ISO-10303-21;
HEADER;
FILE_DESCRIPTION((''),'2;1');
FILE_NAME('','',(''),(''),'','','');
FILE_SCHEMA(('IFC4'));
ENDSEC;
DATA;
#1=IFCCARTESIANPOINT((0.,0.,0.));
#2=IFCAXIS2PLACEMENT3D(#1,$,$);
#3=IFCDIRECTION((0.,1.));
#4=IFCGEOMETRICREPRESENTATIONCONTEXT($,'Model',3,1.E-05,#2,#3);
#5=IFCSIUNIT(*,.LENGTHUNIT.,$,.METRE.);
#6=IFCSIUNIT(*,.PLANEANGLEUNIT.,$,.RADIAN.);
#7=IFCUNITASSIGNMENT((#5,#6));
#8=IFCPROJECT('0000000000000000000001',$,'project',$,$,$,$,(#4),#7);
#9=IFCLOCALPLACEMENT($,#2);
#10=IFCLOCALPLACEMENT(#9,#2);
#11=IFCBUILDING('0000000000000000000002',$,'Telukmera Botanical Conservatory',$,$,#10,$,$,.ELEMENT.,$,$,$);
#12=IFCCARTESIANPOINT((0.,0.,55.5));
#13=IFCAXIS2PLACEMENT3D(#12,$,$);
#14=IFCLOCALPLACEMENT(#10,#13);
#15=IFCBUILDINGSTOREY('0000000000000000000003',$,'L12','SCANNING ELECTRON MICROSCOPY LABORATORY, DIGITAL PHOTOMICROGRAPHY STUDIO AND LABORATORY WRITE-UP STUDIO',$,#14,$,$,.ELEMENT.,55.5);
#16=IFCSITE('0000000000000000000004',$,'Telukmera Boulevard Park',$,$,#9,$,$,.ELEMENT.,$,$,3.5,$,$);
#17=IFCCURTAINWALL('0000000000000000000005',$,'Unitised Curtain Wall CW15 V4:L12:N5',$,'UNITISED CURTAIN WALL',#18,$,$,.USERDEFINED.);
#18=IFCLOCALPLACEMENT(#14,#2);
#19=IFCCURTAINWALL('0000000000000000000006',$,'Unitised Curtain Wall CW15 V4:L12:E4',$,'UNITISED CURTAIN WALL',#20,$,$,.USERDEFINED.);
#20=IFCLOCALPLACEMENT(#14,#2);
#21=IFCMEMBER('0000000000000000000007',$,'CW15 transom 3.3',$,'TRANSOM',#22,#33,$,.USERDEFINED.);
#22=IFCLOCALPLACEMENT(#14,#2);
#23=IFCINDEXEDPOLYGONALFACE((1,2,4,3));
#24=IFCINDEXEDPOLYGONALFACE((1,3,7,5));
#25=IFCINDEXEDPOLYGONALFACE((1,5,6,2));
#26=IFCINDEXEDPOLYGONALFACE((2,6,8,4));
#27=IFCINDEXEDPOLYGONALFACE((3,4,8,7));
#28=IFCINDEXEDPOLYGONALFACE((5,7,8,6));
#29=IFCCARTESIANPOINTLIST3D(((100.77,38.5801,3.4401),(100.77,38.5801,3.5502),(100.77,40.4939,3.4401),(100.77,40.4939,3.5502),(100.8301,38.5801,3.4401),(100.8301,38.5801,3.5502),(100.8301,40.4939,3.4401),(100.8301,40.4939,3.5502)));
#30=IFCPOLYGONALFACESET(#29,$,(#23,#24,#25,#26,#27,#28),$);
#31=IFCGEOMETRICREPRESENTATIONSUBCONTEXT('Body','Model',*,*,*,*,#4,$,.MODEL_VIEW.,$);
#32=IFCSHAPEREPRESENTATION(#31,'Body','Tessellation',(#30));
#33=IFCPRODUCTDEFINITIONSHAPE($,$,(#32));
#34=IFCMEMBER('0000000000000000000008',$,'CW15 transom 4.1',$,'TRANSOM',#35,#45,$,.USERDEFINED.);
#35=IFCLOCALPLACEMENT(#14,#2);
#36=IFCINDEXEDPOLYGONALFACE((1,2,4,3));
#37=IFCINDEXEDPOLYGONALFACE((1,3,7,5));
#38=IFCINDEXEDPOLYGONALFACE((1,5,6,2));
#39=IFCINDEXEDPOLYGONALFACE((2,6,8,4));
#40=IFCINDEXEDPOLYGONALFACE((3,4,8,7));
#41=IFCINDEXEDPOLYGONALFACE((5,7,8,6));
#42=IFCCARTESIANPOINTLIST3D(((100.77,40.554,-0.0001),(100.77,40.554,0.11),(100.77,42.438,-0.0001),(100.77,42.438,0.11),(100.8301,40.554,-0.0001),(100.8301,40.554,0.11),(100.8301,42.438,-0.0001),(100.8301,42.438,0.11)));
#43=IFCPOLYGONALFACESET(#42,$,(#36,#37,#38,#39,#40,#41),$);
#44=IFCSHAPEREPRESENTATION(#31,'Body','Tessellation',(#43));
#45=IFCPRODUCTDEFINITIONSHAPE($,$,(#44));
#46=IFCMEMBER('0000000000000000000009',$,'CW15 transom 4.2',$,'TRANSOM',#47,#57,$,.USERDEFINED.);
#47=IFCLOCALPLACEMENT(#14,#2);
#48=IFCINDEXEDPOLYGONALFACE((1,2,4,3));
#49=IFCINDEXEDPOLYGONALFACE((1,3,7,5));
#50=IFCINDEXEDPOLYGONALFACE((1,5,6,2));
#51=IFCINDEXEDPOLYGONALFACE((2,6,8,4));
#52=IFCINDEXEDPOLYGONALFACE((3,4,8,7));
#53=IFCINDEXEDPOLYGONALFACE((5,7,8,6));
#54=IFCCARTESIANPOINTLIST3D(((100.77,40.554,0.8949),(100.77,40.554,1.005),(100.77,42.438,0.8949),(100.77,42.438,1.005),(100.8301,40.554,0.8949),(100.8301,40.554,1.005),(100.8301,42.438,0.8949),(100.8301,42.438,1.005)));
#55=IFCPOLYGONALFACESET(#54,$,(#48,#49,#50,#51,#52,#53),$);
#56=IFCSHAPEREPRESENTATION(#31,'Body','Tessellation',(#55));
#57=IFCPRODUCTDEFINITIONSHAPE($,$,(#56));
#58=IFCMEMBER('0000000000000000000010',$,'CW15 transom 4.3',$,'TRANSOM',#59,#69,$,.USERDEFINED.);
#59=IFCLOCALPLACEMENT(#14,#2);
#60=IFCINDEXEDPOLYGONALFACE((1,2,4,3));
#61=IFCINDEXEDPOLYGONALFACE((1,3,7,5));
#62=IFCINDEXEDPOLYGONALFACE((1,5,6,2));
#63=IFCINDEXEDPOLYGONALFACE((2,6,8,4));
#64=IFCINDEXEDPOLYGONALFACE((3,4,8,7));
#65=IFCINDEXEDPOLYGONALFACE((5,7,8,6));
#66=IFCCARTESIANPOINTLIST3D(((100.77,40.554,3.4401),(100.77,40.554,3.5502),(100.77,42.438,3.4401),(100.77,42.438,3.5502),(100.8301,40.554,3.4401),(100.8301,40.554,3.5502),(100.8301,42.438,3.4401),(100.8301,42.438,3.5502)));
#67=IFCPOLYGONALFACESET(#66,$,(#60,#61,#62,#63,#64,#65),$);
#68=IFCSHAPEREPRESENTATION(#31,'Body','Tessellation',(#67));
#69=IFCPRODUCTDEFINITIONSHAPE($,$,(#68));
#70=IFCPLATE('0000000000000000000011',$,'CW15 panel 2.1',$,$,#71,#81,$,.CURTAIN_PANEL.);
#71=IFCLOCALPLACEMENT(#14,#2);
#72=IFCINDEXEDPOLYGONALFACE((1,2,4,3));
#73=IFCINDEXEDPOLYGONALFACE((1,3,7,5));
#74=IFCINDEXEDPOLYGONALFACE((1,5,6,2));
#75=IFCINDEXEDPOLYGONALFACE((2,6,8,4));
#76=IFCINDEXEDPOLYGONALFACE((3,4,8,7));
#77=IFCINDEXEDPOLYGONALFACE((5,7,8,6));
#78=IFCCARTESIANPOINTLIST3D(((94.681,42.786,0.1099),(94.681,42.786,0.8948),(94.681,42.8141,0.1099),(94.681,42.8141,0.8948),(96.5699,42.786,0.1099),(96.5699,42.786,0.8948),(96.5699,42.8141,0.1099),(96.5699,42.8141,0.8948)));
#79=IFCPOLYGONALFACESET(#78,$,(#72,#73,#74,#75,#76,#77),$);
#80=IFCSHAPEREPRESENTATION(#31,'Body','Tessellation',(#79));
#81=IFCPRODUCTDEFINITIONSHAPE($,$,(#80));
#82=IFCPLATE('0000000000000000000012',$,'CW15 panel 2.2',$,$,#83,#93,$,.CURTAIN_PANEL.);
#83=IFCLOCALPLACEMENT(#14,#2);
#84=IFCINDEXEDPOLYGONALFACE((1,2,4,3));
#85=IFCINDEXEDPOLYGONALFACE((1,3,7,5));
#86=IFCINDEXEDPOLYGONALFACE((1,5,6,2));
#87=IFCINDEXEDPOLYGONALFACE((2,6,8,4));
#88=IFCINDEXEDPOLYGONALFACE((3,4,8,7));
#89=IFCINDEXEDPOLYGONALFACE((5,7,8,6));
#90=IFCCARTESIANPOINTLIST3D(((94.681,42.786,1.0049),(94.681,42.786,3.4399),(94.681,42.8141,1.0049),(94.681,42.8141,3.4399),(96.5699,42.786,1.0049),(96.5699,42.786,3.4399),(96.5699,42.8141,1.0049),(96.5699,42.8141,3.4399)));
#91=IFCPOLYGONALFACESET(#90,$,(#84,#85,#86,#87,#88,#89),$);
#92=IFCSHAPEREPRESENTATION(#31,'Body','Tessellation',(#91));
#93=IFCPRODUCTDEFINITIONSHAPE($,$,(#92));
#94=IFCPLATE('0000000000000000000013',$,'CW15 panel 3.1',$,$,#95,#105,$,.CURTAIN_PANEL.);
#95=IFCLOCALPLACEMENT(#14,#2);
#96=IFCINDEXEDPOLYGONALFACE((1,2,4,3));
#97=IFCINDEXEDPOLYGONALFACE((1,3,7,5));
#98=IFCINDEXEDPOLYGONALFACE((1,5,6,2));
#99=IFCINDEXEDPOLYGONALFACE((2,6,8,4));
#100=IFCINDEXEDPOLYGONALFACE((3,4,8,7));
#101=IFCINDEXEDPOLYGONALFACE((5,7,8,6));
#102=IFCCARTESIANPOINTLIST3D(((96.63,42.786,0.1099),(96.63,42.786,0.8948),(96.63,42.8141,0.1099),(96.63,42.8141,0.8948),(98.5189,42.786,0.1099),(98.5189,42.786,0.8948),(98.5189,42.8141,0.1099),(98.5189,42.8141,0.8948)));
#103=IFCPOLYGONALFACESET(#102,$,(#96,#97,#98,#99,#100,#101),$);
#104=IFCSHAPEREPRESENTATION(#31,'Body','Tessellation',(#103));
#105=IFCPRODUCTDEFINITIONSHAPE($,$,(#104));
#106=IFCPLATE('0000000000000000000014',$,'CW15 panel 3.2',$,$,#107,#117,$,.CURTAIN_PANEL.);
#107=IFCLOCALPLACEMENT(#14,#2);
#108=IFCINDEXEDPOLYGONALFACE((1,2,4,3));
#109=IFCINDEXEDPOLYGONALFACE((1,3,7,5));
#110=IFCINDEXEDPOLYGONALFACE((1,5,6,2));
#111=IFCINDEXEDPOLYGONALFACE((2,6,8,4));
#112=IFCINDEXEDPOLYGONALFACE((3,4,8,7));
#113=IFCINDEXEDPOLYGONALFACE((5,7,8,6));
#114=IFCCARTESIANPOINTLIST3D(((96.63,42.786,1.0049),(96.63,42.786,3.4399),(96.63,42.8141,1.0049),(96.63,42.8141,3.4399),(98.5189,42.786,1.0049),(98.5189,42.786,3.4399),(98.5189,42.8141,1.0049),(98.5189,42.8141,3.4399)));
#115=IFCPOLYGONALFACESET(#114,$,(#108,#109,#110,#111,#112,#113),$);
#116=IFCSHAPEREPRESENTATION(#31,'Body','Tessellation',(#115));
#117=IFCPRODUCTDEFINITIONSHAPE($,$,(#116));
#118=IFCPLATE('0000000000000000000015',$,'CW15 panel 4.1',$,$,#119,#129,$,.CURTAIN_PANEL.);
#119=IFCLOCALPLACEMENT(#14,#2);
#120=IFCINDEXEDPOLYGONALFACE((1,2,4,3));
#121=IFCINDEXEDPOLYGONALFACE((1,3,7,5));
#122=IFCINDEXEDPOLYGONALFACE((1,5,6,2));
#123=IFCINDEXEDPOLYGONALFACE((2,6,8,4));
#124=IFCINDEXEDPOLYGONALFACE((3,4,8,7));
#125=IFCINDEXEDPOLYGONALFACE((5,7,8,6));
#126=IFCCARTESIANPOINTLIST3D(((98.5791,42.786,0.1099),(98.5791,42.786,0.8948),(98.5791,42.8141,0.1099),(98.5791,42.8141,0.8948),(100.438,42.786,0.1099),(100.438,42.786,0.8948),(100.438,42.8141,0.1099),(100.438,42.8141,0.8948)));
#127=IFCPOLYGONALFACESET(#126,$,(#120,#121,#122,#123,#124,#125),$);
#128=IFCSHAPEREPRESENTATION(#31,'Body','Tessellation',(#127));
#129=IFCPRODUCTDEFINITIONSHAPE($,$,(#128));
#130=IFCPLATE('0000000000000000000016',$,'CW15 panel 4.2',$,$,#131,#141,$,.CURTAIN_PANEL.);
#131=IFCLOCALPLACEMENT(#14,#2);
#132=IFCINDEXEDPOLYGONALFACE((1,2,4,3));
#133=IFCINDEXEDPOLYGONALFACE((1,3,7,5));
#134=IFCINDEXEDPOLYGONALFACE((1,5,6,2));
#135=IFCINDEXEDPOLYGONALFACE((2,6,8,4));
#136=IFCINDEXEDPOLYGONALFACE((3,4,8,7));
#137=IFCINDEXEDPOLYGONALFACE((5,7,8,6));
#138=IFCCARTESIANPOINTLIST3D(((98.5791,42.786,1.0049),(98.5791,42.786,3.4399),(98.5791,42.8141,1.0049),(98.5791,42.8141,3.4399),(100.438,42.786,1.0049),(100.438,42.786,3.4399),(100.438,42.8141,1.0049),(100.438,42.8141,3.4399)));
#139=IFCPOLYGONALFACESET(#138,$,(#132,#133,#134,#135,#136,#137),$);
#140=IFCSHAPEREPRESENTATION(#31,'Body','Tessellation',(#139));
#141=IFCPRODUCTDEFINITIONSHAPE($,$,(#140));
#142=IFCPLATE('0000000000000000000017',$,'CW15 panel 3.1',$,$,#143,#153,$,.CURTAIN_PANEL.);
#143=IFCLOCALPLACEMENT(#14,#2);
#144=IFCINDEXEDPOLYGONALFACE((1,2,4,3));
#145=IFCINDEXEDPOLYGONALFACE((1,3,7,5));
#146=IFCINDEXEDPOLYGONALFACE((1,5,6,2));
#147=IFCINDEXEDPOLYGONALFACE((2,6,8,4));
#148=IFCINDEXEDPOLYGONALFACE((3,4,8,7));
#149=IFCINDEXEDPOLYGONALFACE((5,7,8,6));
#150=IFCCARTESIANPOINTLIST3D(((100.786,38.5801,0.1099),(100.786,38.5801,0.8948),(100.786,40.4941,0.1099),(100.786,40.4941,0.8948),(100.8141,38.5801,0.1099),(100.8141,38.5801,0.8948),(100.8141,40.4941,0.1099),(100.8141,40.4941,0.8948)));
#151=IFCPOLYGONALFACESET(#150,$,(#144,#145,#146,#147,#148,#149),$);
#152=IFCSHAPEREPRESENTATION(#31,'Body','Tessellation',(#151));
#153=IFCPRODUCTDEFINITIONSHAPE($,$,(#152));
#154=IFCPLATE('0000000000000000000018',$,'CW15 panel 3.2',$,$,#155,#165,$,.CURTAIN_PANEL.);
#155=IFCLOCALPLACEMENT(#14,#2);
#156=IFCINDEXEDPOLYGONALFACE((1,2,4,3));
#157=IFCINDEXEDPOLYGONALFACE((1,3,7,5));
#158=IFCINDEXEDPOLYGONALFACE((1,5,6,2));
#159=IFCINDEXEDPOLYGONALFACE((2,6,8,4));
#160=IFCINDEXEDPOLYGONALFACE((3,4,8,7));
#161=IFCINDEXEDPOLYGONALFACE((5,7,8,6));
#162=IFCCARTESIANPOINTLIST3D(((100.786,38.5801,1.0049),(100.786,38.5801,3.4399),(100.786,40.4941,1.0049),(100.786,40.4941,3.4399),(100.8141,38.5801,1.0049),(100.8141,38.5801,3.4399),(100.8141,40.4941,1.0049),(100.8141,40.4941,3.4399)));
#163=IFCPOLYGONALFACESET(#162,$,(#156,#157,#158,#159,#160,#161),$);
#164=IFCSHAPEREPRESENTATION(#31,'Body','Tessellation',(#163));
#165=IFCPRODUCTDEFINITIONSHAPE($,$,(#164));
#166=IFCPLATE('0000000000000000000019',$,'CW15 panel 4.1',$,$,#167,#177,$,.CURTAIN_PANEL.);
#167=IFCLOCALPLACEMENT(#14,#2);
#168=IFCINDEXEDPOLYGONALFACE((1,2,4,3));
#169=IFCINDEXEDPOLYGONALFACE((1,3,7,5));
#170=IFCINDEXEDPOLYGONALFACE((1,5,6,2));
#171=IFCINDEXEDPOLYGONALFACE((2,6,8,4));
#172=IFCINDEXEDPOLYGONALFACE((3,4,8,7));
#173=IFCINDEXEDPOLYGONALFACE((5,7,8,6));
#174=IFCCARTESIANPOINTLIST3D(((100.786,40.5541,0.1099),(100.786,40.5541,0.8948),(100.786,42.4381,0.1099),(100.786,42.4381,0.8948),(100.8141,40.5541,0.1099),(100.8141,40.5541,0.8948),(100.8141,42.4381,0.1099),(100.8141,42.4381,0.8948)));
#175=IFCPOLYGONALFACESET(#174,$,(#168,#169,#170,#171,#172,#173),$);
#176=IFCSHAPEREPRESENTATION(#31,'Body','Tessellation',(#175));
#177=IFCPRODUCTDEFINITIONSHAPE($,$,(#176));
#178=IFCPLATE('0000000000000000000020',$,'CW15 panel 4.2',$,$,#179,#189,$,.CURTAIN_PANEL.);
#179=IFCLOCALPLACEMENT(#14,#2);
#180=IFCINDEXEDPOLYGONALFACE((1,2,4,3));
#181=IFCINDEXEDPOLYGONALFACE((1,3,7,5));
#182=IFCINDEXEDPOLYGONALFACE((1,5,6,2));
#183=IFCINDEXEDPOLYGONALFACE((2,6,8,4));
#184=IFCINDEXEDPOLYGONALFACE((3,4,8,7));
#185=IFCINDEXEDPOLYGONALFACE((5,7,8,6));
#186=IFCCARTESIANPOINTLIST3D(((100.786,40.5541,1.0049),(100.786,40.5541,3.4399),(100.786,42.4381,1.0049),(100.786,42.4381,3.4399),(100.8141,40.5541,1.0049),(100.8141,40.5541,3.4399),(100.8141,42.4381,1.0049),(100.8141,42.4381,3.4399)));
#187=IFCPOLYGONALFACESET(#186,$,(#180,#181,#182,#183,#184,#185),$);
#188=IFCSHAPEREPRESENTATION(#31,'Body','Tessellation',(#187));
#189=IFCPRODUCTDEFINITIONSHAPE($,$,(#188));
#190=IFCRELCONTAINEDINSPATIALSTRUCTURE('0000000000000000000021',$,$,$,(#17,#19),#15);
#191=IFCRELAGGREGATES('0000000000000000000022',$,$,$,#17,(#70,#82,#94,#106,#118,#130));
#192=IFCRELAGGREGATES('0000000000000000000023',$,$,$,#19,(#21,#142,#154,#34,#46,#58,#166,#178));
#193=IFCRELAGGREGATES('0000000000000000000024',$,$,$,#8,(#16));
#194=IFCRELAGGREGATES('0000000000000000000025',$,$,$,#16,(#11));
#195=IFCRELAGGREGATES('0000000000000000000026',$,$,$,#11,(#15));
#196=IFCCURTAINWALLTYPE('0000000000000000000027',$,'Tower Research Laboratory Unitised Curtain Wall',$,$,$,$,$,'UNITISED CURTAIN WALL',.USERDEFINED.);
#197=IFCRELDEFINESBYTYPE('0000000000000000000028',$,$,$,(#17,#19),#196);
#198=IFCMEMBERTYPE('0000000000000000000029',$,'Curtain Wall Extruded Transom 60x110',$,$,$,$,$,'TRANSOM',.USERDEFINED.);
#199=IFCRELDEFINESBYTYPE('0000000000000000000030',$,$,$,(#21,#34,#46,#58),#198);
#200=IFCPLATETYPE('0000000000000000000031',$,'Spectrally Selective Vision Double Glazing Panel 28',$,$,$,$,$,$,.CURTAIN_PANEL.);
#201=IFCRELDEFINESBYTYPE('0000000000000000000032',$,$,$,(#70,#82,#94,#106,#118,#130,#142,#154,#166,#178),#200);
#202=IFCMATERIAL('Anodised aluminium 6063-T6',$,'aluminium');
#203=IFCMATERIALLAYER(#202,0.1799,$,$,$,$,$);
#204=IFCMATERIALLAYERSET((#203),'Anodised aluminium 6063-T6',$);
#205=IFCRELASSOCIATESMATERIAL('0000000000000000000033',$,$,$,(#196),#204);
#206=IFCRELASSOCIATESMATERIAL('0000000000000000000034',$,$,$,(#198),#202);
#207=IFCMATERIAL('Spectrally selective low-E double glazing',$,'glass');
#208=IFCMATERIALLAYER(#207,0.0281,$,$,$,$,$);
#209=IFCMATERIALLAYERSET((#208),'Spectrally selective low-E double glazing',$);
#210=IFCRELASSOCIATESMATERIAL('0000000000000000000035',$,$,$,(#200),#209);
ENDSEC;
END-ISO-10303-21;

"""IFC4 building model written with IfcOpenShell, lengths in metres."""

from ifc_helpers import new_model, si_unit, direction, frame, origin, origin_2d, place, context, subcontext, project, spatial, rectangle, extrude, material, layer, layer_set, material_profile, profile_set, type_object, element, aggregate, save


model = new_model("IFC4")

# Units and contexts
model_context = context("Model", 3, precision=1e-05, world=origin(), true_north=direction((0.0, 1.0)))
body_context = subcontext(model_context, "Body", "Model", "MODEL_VIEW")
ifc_project = project(units=[si_unit("LENGTHUNIT", "METRE"), si_unit("PLANEANGLEUNIT", "RADIAN")], contexts=[model_context])

# Site, building, storey
site_placement = place(None, origin())
site = spatial("IfcSite", under=ifc_project, at=site_placement, Name="Telukmera Boulevard Park", CompositionType="ELEMENT", RefElevation=3.5)
building_placement = place(site_placement, origin())
building = spatial("IfcBuilding", under=site, at=building_placement, Name="Telukmera Botanical Conservatory", CompositionType="ELEMENT")
storey_placement = place(building_placement, frame((0.0, 0.0, 55.5)))
storey = spatial("IfcBuildingStorey", under=building, at=storey_placement, Name="L12", Description="SCANNING ELECTRON MICROSCOPY LABORATORY, DIGITAL PHOTOMICROGRAPHY STUDIO AND LABORATORY WRITE-UP STUDIO", CompositionType="ELEMENT", Elevation=55.5)

# Curtain walls
ifc_material_1 = material(Name="Anodised aluminium 6063-T6", Category="aluminium")
ifc_layer_1 = layer(ifc_material_1, 0.1799)
ifc_layer_set_1 = layer_set([ifc_layer_1], Name="Anodised aluminium 6063-T6")
curtain_wall_type = type_object("IfcCurtainWallType", Name="Tower Research Laboratory Unitised Curtain Wall", ElementType="UNITISED CURTAIN WALL", PredefinedType="USERDEFINED", material=ifc_layer_set_1)
curtain_wall_1_placement = place(storey_placement, origin())
curtain_wall_1 = element("IfcCurtainWall", 1, at=curtain_wall_1_placement, inside=storey, type_object=curtain_wall_type, Name="Unitised Curtain Wall CW15 V4:L12:N5", ObjectType="UNITISED CURTAIN WALL", PredefinedType="USERDEFINED")
curtain_wall_2_placement = place(storey_placement, origin())
curtain_wall_2 = element("IfcCurtainWall", 2, at=curtain_wall_2_placement, inside=storey, type_object=curtain_wall_type, Name="Unitised Curtain Wall CW15 V4:L12:E4", ObjectType="UNITISED CURTAIN WALL", PredefinedType="USERDEFINED")

# Members
ifc_material_profile_1 = material_profile(ifc_material_1, rectangle(XDim=0.0601, YDim=0.1101, at=origin_2d()), Name="ALU TRAN 60x110")
ifc_profile_set_1 = profile_set([ifc_material_profile_1], Name="Anodised aluminium 6063-T6")
member_type_1 = type_object("IfcMemberType", Name="Curtain Wall Extruded Transom 60x110", ElementType="TRANSOM", PredefinedType="USERDEFINED", material=ifc_profile_set_1)
member_1_placement = place(storey_placement, frame((100.8, 38.5801, 3.4951), z_axis=(0.0, 1.0, 0.0), x_axis=(-1.0, 0.0, 0.0)))
member_1 = element("IfcMember", 3, at=member_1_placement, type_object=member_type_1, Name="CW15 transom 3.3", ObjectType="TRANSOM", PredefinedType="USERDEFINED", context=body_context, shape_type="SweptSolid", body=[
    extrude(rectangle(XDim=0.0601, YDim=0.1101, at=origin_2d()), origin(), (0.0, 0.0, 1.0), 1.9138),
])
member_2_placement = place(storey_placement, frame((100.8, 40.554, 0.0549), z_axis=(0.0, 1.0, 0.0), x_axis=(-1.0, 0.0, 0.0)))
member_2 = element("IfcMember", 4, at=member_2_placement, type_object=member_type_1, Name="CW15 transom 4.1", ObjectType="TRANSOM", PredefinedType="USERDEFINED", context=body_context, shape_type="SweptSolid", body=[
    extrude(rectangle(XDim=0.0601, YDim=0.1101, at=origin_2d()), origin(), (0.0, 0.0, 1.0), 1.884),
])
member_3_placement = place(storey_placement, frame((100.8, 40.554, 0.95), z_axis=(0.0, 1.0, 0.0), x_axis=(-1.0, 0.0, 0.0)))
member_3 = element("IfcMember", 5, at=member_3_placement, type_object=member_type_1, Name="CW15 transom 4.2", ObjectType="TRANSOM", PredefinedType="USERDEFINED", context=body_context, shape_type="SweptSolid", body=[
    extrude(rectangle(XDim=0.0601, YDim=0.1101, at=origin_2d()), origin(), (0.0, 0.0, 1.0), 1.884),
])
member_4_placement = place(storey_placement, frame((100.8, 40.554, 3.4951), z_axis=(0.0, 1.0, 0.0), x_axis=(-1.0, 0.0, 0.0)))
member_4 = element("IfcMember", 6, at=member_4_placement, type_object=member_type_1, Name="CW15 transom 4.3", ObjectType="TRANSOM", PredefinedType="USERDEFINED", context=body_context, shape_type="SweptSolid", body=[
    extrude(rectangle(XDim=0.0601, YDim=0.1101, at=origin_2d()), origin(), (0.0, 0.0, 1.0), 1.884),
])

# Plates
ifc_material_2 = material(Name="Spectrally selective low-E double glazing", Category="glass")
ifc_layer_2 = layer(ifc_material_2, 0.0281)
ifc_layer_set_2 = layer_set([ifc_layer_2], Name="Spectrally selective low-E double glazing")
plate_type = type_object("IfcPlateType", Name="Spectrally Selective Vision Double Glazing Panel 28", PredefinedType="CURTAIN_PANEL", material=ifc_layer_set_2)
plate_1_placement = place(storey_placement, frame((95.6255, 42.8, 0.1099), z_axis=(0.0, 0.0, 1.0), x_axis=(1.0, 0.0, 0.0)))
plate_1 = element("IfcPlate", 7, at=plate_1_placement, type_object=plate_type, Name="CW15 panel 2.1", PredefinedType="CURTAIN_PANEL", context=body_context, shape_type="SweptSolid", body=[
    extrude(rectangle(XDim=1.8889, YDim=0.0281, at=origin_2d()), origin(), (0.0, 0.0, 1.0), 0.7849),
])
plate_2_placement = place(storey_placement, frame((95.6255, 42.8, 1.0049), z_axis=(0.0, 0.0, 1.0), x_axis=(1.0, 0.0, 0.0)))
plate_2 = element("IfcPlate", 8, at=plate_2_placement, type_object=plate_type, Name="CW15 panel 2.2", PredefinedType="CURTAIN_PANEL", context=body_context, shape_type="SweptSolid", body=[
    extrude(rectangle(XDim=1.8889, YDim=0.0281, at=origin_2d()), origin(), (0.0, 0.0, 1.0), 2.4351),
])
plate_3_placement = place(storey_placement, frame((97.5745, 42.8, 0.1099), z_axis=(0.0, 0.0, 1.0), x_axis=(1.0, 0.0, 0.0)))
plate_3 = element("IfcPlate", 9, at=plate_3_placement, type_object=plate_type, Name="CW15 panel 3.1", PredefinedType="CURTAIN_PANEL", context=body_context, shape_type="SweptSolid", body=[
    extrude(rectangle(XDim=1.8889, YDim=0.0281, at=origin_2d()), origin(), (0.0, 0.0, 1.0), 0.7849),
])
plate_4_placement = place(storey_placement, frame((97.5745, 42.8, 1.0049), z_axis=(0.0, 0.0, 1.0), x_axis=(1.0, 0.0, 0.0)))
plate_4 = element("IfcPlate", 10, at=plate_4_placement, type_object=plate_type, Name="CW15 panel 3.2", PredefinedType="CURTAIN_PANEL", context=body_context, shape_type="SweptSolid", body=[
    extrude(rectangle(XDim=1.8889, YDim=0.0281, at=origin_2d()), origin(), (0.0, 0.0, 1.0), 2.4351),
])
plate_5_placement = place(storey_placement, frame((99.5085, 42.8, 0.1099), z_axis=(0.0, 0.0, 1.0), x_axis=(1.0, 0.0, 0.0)))
plate_5 = element("IfcPlate", 11, at=plate_5_placement, type_object=plate_type, Name="CW15 panel 4.1", PredefinedType="CURTAIN_PANEL", context=body_context, shape_type="SweptSolid", body=[
    extrude(rectangle(XDim=1.8589, YDim=0.0281, at=origin_2d()), origin(), (0.0, 0.0, 1.0), 0.7849),
])
plate_6_placement = place(storey_placement, frame((99.5085, 42.8, 1.0049), z_axis=(0.0, 0.0, 1.0), x_axis=(1.0, 0.0, 0.0)))
plate_6 = element("IfcPlate", 12, at=plate_6_placement, type_object=plate_type, Name="CW15 panel 4.2", PredefinedType="CURTAIN_PANEL", context=body_context, shape_type="SweptSolid", body=[
    extrude(rectangle(XDim=1.8589, YDim=0.0281, at=origin_2d()), origin(), (0.0, 0.0, 1.0), 2.4351),
])
aggregate(curtain_wall_1, [plate_1, plate_2, plate_3, plate_4, plate_5, plate_6])
plate_7_placement = place(storey_placement, frame((100.8, 39.5371, 0.1099), z_axis=(0.0, 0.0, 1.0), x_axis=(0.0, 1.0, 0.0)))
plate_7 = element("IfcPlate", 13, at=plate_7_placement, type_object=plate_type, Name="CW15 panel 3.1", PredefinedType="CURTAIN_PANEL", context=body_context, shape_type="SweptSolid", body=[
    extrude(rectangle(XDim=1.9141, YDim=0.0281, at=origin_2d()), origin(), (0.0, 0.0, 1.0), 0.7849),
])
plate_8_placement = place(storey_placement, frame((100.8, 39.5371, 1.0049), z_axis=(0.0, 0.0, 1.0), x_axis=(0.0, 1.0, 0.0)))
plate_8 = element("IfcPlate", 14, at=plate_8_placement, type_object=plate_type, Name="CW15 panel 3.2", PredefinedType="CURTAIN_PANEL", context=body_context, shape_type="SweptSolid", body=[
    extrude(rectangle(XDim=1.9141, YDim=0.0281, at=origin_2d()), origin(), (0.0, 0.0, 1.0), 2.4351),
])
plate_9_placement = place(storey_placement, frame((100.8, 41.4961, 0.1099), z_axis=(0.0, 0.0, 1.0), x_axis=(0.0, 1.0, 0.0)))
plate_9 = element("IfcPlate", 15, at=plate_9_placement, type_object=plate_type, Name="CW15 panel 4.1", PredefinedType="CURTAIN_PANEL", context=body_context, shape_type="SweptSolid", body=[
    extrude(rectangle(XDim=1.884, YDim=0.0281, at=origin_2d()), origin(), (0.0, 0.0, 1.0), 0.7849),
])
plate_10_placement = place(storey_placement, frame((100.8, 41.4961, 1.0049), z_axis=(0.0, 0.0, 1.0), x_axis=(0.0, 1.0, 0.0)))
plate_10 = element("IfcPlate", 16, at=plate_10_placement, type_object=plate_type, Name="CW15 panel 4.2", PredefinedType="CURTAIN_PANEL", context=body_context, shape_type="SweptSolid", body=[
    extrude(rectangle(XDim=1.884, YDim=0.0281, at=origin_2d()), origin(), (0.0, 0.0, 1.0), 2.4351),
])
aggregate(curtain_wall_2, [member_1, plate_7, plate_8, member_2, member_3, member_4, plate_9, plate_10])

save(model, "model.ifc")
